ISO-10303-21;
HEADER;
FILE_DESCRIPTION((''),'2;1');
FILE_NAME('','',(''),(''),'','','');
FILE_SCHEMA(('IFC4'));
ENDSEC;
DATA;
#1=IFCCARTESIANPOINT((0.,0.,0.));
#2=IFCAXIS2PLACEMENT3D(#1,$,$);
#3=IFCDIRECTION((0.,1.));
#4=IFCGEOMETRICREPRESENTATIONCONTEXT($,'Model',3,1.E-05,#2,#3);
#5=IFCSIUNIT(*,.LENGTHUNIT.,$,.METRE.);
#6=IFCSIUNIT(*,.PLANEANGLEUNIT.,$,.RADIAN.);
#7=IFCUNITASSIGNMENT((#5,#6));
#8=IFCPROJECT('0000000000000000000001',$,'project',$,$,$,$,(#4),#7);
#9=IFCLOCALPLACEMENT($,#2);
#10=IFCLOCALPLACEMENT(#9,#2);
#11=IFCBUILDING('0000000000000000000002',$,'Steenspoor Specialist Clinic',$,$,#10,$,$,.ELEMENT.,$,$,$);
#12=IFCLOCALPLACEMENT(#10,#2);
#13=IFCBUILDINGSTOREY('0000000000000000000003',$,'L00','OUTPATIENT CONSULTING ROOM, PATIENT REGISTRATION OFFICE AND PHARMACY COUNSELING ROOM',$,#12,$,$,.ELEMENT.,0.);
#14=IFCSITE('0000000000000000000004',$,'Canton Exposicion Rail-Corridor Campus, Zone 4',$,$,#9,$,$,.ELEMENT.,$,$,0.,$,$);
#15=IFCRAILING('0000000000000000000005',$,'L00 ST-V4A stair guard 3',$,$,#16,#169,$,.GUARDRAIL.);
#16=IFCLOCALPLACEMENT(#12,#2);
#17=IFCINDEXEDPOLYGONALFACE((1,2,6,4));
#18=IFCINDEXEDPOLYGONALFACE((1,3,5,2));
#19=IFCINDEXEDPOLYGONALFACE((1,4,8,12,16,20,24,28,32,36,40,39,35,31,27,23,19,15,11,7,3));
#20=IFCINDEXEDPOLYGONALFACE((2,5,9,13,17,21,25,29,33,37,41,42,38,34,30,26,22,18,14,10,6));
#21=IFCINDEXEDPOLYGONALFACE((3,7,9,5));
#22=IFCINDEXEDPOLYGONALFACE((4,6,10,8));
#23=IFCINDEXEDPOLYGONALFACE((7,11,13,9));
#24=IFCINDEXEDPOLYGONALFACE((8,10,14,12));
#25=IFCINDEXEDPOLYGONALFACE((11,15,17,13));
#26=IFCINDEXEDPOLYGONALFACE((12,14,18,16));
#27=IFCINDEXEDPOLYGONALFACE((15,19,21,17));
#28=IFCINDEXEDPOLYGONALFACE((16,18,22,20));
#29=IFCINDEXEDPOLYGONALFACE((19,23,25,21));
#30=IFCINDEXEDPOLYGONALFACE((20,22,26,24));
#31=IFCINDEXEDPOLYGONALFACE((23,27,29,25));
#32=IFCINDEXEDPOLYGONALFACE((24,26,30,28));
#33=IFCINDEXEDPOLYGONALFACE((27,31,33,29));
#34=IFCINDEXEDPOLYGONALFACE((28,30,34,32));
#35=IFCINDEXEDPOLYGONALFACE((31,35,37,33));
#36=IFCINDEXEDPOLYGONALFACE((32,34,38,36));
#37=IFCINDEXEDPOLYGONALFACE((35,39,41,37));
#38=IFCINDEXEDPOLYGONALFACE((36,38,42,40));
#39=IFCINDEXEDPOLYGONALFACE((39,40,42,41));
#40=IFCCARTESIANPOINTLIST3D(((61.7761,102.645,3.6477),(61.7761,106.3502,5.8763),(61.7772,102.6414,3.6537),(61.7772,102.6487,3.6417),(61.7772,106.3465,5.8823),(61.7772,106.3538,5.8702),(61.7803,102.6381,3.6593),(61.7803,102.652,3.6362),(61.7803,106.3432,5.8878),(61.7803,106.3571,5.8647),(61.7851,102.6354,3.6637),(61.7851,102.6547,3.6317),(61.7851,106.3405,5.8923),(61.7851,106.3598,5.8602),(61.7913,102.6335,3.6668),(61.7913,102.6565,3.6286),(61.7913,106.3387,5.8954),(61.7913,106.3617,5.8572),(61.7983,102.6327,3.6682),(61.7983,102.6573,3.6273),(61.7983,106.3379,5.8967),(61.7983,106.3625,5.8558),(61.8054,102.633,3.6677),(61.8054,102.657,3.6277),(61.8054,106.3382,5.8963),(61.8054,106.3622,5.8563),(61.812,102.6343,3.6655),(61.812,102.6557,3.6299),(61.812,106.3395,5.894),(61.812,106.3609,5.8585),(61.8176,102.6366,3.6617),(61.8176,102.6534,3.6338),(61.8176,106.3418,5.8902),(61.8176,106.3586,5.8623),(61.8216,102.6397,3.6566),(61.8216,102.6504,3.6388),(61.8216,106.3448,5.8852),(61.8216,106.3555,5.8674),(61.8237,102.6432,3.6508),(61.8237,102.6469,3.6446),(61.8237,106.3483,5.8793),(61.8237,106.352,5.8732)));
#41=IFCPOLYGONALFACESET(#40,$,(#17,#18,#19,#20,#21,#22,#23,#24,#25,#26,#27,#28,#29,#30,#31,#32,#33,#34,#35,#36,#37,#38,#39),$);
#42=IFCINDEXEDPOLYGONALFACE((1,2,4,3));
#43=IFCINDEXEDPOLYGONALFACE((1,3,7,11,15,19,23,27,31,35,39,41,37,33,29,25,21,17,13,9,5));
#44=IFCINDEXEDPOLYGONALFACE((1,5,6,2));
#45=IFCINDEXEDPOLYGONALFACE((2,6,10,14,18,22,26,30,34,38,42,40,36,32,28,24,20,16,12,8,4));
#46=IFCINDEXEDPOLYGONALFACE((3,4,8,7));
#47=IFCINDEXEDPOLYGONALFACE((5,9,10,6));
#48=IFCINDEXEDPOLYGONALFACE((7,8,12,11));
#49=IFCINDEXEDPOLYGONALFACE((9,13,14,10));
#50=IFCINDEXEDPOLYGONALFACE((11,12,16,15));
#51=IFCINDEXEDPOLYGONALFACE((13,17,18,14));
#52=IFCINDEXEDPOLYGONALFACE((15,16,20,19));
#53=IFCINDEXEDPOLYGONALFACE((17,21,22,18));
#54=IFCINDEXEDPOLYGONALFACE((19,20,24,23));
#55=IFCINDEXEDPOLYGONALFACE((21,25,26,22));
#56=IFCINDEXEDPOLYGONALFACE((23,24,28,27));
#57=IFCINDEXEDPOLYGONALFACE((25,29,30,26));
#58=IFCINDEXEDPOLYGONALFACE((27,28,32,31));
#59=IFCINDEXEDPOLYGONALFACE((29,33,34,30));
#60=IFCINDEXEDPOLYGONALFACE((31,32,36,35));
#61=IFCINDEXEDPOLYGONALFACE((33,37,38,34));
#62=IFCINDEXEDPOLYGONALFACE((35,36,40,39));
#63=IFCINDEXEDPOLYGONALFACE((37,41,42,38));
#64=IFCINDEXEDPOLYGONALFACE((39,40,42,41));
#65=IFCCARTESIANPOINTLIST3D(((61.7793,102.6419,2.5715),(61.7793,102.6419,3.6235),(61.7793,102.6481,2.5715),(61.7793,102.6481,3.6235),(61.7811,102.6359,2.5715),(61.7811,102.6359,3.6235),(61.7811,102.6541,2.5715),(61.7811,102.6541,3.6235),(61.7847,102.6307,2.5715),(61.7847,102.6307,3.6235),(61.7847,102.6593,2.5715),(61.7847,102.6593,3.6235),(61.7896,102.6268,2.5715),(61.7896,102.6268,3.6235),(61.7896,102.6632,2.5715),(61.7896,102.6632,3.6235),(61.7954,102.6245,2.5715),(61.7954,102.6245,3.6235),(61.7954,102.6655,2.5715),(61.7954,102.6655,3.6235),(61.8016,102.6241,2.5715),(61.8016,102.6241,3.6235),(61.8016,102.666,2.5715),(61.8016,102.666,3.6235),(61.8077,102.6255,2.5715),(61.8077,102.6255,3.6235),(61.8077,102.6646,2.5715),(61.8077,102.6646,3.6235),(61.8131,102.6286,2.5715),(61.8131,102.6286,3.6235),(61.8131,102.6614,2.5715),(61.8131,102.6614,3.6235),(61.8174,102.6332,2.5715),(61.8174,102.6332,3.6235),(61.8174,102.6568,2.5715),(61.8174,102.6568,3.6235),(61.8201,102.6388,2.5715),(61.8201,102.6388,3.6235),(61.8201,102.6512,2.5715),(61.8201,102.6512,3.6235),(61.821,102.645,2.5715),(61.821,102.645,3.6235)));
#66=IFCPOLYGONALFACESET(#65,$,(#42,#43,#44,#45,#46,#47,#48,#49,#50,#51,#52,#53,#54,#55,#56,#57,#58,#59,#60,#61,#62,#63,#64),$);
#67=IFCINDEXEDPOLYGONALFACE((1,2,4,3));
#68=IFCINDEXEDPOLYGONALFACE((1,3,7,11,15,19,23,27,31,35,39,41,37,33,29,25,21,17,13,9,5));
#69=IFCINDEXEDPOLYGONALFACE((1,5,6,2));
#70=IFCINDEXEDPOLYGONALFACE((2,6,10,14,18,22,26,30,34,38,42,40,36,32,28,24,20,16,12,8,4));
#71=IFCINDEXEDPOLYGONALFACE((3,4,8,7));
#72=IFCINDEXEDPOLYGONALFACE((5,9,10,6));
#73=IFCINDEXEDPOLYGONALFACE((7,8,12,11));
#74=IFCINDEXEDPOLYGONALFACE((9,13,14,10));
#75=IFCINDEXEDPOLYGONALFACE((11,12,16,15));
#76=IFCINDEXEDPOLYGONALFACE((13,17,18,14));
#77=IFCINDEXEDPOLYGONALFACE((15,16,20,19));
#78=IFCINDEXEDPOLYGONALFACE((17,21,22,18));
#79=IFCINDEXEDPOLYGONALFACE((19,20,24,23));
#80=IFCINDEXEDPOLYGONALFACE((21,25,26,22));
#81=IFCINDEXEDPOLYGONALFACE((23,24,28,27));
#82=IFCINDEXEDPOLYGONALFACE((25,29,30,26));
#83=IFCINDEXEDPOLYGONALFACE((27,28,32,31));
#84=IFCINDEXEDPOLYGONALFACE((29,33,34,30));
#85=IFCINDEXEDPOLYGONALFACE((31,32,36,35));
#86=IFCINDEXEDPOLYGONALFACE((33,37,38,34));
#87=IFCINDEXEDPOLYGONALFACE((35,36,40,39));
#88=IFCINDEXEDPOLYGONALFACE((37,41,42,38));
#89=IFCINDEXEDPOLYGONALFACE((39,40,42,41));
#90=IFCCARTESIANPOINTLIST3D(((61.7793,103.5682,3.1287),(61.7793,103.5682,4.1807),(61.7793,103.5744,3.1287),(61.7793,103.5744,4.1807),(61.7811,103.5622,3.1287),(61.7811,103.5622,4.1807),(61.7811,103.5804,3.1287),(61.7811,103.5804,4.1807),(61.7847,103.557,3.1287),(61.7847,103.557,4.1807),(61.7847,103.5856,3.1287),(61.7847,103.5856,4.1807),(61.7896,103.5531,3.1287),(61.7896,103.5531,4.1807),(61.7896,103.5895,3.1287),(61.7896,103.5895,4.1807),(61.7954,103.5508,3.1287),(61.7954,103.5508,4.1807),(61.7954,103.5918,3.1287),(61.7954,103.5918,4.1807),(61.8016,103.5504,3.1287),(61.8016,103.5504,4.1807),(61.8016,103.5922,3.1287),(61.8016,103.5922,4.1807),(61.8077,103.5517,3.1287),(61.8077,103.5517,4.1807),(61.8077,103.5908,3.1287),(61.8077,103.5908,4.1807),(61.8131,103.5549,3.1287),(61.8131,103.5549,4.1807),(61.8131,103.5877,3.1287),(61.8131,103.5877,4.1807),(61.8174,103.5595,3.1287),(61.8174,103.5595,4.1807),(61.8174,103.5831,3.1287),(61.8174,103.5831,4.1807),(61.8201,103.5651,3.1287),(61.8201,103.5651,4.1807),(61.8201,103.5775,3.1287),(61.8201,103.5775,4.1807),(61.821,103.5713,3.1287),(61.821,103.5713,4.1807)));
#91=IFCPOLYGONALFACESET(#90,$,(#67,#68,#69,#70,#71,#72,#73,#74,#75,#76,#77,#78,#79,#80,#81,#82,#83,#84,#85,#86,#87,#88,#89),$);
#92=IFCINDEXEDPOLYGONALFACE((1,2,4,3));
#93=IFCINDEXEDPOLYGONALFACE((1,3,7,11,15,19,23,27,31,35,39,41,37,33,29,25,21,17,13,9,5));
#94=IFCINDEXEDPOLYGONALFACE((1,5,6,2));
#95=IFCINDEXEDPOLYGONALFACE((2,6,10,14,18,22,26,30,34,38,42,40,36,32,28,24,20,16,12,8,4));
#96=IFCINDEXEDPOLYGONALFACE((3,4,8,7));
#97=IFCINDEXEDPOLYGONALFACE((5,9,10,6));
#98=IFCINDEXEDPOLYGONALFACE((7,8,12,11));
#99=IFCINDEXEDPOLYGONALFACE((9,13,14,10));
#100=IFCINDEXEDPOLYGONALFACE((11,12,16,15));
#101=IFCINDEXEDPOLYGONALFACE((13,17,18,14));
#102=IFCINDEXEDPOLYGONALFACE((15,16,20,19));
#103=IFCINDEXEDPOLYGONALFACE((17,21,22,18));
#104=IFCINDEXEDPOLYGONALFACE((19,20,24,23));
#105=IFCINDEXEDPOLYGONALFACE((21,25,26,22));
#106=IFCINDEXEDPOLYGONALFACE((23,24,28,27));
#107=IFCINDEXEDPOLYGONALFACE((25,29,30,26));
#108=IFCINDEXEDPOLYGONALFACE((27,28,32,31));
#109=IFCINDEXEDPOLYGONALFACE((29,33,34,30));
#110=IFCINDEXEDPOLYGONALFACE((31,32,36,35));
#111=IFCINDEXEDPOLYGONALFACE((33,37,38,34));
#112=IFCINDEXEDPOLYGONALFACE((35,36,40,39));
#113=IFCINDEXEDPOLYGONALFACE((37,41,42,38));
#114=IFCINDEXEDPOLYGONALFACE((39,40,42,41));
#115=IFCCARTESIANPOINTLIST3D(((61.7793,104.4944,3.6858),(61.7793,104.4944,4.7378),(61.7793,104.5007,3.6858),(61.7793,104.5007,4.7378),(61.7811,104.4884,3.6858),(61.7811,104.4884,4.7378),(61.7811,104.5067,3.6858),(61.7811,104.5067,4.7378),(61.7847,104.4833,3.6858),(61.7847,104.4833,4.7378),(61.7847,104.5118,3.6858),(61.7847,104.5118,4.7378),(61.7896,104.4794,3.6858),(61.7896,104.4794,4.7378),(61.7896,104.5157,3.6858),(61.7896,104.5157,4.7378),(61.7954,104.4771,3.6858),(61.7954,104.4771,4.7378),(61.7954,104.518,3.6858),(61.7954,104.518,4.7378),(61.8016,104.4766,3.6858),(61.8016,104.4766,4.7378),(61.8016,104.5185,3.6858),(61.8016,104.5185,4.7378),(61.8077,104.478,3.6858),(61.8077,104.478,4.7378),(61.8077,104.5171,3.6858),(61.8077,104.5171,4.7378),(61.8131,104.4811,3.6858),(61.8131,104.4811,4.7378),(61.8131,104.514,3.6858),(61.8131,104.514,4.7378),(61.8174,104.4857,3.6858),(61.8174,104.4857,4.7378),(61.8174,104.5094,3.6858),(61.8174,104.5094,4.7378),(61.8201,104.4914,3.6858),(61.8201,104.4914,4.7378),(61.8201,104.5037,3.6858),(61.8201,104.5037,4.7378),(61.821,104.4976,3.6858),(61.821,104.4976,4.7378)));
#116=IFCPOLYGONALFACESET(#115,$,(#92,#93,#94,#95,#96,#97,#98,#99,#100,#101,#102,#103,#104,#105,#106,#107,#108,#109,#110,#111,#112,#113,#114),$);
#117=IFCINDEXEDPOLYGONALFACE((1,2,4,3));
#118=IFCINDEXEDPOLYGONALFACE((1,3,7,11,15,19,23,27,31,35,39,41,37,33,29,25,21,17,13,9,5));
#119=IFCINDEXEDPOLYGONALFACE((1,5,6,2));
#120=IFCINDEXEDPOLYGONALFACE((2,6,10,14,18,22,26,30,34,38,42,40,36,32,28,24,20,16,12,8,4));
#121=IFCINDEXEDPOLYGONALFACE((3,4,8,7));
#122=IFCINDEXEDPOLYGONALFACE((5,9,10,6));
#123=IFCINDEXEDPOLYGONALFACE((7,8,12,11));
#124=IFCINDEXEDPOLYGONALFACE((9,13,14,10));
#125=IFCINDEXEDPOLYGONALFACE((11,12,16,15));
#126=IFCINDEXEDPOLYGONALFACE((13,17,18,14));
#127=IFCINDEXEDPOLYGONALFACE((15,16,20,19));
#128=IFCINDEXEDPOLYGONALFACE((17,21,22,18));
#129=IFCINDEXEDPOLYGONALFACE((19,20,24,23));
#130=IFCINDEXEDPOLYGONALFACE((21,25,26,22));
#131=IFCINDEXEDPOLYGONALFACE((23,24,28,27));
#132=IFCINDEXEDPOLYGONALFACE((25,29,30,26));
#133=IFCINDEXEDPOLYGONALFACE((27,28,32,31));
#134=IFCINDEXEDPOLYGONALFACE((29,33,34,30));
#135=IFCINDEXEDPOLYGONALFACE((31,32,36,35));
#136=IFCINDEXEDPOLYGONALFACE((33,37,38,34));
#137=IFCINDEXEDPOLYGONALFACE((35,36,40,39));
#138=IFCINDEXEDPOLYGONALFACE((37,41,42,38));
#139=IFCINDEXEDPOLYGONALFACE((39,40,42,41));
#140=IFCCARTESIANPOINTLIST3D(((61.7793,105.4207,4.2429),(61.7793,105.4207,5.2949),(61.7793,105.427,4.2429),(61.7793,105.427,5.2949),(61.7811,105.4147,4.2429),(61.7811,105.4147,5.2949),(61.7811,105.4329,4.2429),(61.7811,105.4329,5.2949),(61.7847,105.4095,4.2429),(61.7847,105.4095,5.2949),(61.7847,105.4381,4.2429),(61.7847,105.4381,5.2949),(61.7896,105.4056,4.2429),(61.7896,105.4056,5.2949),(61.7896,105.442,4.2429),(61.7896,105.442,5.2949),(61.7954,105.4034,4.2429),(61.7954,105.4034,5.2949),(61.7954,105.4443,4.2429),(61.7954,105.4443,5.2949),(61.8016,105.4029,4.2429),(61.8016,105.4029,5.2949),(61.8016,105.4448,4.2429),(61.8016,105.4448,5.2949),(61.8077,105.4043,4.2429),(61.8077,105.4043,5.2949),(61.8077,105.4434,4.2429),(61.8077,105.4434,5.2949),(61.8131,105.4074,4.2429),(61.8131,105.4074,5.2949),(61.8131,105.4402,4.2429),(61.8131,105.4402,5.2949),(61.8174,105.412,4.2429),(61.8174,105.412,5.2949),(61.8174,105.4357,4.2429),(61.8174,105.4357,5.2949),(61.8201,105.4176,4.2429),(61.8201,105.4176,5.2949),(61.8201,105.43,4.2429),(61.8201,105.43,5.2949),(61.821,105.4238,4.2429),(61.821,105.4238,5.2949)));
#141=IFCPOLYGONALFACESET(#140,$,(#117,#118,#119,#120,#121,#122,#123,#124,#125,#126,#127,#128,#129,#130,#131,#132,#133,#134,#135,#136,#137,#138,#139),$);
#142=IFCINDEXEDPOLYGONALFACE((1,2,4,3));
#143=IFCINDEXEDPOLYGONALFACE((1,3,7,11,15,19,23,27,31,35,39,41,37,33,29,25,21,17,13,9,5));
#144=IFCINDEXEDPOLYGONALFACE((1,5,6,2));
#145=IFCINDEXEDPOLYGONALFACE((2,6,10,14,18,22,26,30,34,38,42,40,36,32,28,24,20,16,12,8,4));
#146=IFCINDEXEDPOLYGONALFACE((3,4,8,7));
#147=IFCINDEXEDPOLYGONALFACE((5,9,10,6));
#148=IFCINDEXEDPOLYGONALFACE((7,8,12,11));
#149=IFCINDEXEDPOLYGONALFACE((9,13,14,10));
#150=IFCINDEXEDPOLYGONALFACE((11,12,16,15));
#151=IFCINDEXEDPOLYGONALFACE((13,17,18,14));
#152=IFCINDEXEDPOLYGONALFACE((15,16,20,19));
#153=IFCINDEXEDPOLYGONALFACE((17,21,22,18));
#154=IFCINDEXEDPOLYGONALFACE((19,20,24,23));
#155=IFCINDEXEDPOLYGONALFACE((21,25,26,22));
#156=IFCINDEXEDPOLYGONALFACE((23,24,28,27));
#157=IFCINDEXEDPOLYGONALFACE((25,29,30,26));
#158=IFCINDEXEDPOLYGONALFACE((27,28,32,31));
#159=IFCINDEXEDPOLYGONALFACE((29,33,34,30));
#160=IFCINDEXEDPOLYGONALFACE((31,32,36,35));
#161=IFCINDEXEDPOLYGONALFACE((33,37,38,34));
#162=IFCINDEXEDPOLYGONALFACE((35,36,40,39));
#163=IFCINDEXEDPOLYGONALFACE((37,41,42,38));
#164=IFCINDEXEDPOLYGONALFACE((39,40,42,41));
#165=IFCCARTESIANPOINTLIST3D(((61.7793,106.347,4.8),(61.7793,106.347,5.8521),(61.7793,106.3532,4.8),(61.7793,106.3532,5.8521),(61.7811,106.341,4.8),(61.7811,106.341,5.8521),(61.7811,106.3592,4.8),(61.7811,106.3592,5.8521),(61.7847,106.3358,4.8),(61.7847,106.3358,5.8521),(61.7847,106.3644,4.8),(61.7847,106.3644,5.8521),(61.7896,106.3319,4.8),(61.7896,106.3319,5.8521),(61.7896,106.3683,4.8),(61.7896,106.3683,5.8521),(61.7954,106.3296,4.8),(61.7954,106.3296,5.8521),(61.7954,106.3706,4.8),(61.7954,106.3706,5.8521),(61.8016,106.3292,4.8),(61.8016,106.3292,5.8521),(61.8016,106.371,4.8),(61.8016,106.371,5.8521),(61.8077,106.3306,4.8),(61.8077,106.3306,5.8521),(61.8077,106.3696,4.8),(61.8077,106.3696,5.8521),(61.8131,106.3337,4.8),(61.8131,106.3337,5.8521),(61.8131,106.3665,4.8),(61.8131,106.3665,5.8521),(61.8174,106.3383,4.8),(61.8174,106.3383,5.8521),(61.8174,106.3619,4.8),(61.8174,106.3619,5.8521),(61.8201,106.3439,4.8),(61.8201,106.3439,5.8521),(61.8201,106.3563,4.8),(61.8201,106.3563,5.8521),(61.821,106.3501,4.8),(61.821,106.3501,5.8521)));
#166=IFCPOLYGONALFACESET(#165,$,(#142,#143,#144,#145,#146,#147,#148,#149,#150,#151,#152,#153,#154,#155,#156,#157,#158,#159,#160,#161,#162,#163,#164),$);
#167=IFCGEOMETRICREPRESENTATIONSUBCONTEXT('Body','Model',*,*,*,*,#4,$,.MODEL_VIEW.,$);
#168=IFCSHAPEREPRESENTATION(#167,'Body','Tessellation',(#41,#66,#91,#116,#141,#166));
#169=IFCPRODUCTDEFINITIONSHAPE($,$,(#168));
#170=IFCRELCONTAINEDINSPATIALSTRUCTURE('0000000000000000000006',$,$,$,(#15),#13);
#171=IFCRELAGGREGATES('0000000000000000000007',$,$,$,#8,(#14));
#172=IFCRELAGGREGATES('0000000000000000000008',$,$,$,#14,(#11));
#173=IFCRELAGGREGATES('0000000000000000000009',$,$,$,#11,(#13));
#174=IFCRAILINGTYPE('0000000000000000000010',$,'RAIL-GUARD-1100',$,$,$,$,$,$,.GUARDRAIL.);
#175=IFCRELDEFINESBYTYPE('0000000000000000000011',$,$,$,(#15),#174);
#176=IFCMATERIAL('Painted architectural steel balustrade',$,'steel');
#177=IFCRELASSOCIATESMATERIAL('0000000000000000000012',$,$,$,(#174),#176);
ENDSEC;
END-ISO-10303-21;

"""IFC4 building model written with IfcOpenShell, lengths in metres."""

from ifc_helpers import new_model, si_unit, direction, frame, origin, origin_2d, place, context, subcontext, project, spatial, circle, extrude, material, type_object, element, save


model = new_model("IFC4")

# Units and contexts
model_context = context("Model", 3, precision=1e-05, world=origin(), true_north=direction((0.0, 1.0)))
body_context = subcontext(model_context, "Body", "Model", "MODEL_VIEW")
ifc_project = project(units=[si_unit("LENGTHUNIT", "METRE"), si_unit("PLANEANGLEUNIT", "RADIAN")], contexts=[model_context])

# Site, building, storey
site_placement = place(None, origin())
site = spatial("IfcSite", under=ifc_project, at=site_placement, Name="Canton Exposicion Rail-Corridor Campus, Zone 4", CompositionType="ELEMENT", RefElevation=0.0)
building_placement = place(site_placement, origin())
building = spatial("IfcBuilding", under=site, at=building_placement, Name="Steenspoor Specialist Clinic", CompositionType="ELEMENT")
storey_placement = place(building_placement, origin())
storey = spatial("IfcBuildingStorey", under=building, at=storey_placement, Name="L00", Description="OUTPATIENT CONSULTING ROOM, PATIENT REGISTRATION OFFICE AND PHARMACY COUNSELING ROOM", CompositionType="ELEMENT", Elevation=0.0)

# Railing
ifc_material_1 = material(Name="Painted architectural steel balustrade", Category="steel")
railing_type = type_object("IfcRailingType", Name="RAIL-GUARD-1100", PredefinedType="GUARDRAIL", material=ifc_material_1)
railing_1_placement = place(storey_placement, frame((61.8, 102.645, 2.5715)))
element("IfcRailing", 1, at=railing_1_placement, inside=storey, type_object=railing_type, Name="L00 ST-V4A stair guard 3", PredefinedType="GUARDRAIL", context=body_context, shape_type="SweptSolid", body=[
    extrude(circle(Radius=0.0239, at=origin_2d()), frame((0.0, 0.0, 1.0762), z_axis=(0.0, 0.856934, 0.515425), x_axis=(-1.0, 0.0, 0.0)), (0.0, 0.0, 1.0), 4.3237),
    extrude(circle(Radius=0.021, at=origin_2d()), origin(), (0.0, 0.0, 1.0), 1.052),
    extrude(circle(Radius=0.021, at=origin_2d()), frame((0.0, 0.9263, 0.5571)), (0.0, 0.0, 1.0), 1.052),
    extrude(circle(Radius=0.021, at=origin_2d()), frame((0.0, 1.8525, 1.1143)), (0.0, 0.0, 1.0), 1.052),
    extrude(circle(Radius=0.021, at=origin_2d()), frame((0.0, 2.7788, 1.6714)), (0.0, 0.0, 1.0), 1.052),
    extrude(circle(Radius=0.021, at=origin_2d()), frame((0.0, 3.7051, 2.2285)), (0.0, 0.0, 1.0), 1.052),
])

save(model, "model.ifc")
